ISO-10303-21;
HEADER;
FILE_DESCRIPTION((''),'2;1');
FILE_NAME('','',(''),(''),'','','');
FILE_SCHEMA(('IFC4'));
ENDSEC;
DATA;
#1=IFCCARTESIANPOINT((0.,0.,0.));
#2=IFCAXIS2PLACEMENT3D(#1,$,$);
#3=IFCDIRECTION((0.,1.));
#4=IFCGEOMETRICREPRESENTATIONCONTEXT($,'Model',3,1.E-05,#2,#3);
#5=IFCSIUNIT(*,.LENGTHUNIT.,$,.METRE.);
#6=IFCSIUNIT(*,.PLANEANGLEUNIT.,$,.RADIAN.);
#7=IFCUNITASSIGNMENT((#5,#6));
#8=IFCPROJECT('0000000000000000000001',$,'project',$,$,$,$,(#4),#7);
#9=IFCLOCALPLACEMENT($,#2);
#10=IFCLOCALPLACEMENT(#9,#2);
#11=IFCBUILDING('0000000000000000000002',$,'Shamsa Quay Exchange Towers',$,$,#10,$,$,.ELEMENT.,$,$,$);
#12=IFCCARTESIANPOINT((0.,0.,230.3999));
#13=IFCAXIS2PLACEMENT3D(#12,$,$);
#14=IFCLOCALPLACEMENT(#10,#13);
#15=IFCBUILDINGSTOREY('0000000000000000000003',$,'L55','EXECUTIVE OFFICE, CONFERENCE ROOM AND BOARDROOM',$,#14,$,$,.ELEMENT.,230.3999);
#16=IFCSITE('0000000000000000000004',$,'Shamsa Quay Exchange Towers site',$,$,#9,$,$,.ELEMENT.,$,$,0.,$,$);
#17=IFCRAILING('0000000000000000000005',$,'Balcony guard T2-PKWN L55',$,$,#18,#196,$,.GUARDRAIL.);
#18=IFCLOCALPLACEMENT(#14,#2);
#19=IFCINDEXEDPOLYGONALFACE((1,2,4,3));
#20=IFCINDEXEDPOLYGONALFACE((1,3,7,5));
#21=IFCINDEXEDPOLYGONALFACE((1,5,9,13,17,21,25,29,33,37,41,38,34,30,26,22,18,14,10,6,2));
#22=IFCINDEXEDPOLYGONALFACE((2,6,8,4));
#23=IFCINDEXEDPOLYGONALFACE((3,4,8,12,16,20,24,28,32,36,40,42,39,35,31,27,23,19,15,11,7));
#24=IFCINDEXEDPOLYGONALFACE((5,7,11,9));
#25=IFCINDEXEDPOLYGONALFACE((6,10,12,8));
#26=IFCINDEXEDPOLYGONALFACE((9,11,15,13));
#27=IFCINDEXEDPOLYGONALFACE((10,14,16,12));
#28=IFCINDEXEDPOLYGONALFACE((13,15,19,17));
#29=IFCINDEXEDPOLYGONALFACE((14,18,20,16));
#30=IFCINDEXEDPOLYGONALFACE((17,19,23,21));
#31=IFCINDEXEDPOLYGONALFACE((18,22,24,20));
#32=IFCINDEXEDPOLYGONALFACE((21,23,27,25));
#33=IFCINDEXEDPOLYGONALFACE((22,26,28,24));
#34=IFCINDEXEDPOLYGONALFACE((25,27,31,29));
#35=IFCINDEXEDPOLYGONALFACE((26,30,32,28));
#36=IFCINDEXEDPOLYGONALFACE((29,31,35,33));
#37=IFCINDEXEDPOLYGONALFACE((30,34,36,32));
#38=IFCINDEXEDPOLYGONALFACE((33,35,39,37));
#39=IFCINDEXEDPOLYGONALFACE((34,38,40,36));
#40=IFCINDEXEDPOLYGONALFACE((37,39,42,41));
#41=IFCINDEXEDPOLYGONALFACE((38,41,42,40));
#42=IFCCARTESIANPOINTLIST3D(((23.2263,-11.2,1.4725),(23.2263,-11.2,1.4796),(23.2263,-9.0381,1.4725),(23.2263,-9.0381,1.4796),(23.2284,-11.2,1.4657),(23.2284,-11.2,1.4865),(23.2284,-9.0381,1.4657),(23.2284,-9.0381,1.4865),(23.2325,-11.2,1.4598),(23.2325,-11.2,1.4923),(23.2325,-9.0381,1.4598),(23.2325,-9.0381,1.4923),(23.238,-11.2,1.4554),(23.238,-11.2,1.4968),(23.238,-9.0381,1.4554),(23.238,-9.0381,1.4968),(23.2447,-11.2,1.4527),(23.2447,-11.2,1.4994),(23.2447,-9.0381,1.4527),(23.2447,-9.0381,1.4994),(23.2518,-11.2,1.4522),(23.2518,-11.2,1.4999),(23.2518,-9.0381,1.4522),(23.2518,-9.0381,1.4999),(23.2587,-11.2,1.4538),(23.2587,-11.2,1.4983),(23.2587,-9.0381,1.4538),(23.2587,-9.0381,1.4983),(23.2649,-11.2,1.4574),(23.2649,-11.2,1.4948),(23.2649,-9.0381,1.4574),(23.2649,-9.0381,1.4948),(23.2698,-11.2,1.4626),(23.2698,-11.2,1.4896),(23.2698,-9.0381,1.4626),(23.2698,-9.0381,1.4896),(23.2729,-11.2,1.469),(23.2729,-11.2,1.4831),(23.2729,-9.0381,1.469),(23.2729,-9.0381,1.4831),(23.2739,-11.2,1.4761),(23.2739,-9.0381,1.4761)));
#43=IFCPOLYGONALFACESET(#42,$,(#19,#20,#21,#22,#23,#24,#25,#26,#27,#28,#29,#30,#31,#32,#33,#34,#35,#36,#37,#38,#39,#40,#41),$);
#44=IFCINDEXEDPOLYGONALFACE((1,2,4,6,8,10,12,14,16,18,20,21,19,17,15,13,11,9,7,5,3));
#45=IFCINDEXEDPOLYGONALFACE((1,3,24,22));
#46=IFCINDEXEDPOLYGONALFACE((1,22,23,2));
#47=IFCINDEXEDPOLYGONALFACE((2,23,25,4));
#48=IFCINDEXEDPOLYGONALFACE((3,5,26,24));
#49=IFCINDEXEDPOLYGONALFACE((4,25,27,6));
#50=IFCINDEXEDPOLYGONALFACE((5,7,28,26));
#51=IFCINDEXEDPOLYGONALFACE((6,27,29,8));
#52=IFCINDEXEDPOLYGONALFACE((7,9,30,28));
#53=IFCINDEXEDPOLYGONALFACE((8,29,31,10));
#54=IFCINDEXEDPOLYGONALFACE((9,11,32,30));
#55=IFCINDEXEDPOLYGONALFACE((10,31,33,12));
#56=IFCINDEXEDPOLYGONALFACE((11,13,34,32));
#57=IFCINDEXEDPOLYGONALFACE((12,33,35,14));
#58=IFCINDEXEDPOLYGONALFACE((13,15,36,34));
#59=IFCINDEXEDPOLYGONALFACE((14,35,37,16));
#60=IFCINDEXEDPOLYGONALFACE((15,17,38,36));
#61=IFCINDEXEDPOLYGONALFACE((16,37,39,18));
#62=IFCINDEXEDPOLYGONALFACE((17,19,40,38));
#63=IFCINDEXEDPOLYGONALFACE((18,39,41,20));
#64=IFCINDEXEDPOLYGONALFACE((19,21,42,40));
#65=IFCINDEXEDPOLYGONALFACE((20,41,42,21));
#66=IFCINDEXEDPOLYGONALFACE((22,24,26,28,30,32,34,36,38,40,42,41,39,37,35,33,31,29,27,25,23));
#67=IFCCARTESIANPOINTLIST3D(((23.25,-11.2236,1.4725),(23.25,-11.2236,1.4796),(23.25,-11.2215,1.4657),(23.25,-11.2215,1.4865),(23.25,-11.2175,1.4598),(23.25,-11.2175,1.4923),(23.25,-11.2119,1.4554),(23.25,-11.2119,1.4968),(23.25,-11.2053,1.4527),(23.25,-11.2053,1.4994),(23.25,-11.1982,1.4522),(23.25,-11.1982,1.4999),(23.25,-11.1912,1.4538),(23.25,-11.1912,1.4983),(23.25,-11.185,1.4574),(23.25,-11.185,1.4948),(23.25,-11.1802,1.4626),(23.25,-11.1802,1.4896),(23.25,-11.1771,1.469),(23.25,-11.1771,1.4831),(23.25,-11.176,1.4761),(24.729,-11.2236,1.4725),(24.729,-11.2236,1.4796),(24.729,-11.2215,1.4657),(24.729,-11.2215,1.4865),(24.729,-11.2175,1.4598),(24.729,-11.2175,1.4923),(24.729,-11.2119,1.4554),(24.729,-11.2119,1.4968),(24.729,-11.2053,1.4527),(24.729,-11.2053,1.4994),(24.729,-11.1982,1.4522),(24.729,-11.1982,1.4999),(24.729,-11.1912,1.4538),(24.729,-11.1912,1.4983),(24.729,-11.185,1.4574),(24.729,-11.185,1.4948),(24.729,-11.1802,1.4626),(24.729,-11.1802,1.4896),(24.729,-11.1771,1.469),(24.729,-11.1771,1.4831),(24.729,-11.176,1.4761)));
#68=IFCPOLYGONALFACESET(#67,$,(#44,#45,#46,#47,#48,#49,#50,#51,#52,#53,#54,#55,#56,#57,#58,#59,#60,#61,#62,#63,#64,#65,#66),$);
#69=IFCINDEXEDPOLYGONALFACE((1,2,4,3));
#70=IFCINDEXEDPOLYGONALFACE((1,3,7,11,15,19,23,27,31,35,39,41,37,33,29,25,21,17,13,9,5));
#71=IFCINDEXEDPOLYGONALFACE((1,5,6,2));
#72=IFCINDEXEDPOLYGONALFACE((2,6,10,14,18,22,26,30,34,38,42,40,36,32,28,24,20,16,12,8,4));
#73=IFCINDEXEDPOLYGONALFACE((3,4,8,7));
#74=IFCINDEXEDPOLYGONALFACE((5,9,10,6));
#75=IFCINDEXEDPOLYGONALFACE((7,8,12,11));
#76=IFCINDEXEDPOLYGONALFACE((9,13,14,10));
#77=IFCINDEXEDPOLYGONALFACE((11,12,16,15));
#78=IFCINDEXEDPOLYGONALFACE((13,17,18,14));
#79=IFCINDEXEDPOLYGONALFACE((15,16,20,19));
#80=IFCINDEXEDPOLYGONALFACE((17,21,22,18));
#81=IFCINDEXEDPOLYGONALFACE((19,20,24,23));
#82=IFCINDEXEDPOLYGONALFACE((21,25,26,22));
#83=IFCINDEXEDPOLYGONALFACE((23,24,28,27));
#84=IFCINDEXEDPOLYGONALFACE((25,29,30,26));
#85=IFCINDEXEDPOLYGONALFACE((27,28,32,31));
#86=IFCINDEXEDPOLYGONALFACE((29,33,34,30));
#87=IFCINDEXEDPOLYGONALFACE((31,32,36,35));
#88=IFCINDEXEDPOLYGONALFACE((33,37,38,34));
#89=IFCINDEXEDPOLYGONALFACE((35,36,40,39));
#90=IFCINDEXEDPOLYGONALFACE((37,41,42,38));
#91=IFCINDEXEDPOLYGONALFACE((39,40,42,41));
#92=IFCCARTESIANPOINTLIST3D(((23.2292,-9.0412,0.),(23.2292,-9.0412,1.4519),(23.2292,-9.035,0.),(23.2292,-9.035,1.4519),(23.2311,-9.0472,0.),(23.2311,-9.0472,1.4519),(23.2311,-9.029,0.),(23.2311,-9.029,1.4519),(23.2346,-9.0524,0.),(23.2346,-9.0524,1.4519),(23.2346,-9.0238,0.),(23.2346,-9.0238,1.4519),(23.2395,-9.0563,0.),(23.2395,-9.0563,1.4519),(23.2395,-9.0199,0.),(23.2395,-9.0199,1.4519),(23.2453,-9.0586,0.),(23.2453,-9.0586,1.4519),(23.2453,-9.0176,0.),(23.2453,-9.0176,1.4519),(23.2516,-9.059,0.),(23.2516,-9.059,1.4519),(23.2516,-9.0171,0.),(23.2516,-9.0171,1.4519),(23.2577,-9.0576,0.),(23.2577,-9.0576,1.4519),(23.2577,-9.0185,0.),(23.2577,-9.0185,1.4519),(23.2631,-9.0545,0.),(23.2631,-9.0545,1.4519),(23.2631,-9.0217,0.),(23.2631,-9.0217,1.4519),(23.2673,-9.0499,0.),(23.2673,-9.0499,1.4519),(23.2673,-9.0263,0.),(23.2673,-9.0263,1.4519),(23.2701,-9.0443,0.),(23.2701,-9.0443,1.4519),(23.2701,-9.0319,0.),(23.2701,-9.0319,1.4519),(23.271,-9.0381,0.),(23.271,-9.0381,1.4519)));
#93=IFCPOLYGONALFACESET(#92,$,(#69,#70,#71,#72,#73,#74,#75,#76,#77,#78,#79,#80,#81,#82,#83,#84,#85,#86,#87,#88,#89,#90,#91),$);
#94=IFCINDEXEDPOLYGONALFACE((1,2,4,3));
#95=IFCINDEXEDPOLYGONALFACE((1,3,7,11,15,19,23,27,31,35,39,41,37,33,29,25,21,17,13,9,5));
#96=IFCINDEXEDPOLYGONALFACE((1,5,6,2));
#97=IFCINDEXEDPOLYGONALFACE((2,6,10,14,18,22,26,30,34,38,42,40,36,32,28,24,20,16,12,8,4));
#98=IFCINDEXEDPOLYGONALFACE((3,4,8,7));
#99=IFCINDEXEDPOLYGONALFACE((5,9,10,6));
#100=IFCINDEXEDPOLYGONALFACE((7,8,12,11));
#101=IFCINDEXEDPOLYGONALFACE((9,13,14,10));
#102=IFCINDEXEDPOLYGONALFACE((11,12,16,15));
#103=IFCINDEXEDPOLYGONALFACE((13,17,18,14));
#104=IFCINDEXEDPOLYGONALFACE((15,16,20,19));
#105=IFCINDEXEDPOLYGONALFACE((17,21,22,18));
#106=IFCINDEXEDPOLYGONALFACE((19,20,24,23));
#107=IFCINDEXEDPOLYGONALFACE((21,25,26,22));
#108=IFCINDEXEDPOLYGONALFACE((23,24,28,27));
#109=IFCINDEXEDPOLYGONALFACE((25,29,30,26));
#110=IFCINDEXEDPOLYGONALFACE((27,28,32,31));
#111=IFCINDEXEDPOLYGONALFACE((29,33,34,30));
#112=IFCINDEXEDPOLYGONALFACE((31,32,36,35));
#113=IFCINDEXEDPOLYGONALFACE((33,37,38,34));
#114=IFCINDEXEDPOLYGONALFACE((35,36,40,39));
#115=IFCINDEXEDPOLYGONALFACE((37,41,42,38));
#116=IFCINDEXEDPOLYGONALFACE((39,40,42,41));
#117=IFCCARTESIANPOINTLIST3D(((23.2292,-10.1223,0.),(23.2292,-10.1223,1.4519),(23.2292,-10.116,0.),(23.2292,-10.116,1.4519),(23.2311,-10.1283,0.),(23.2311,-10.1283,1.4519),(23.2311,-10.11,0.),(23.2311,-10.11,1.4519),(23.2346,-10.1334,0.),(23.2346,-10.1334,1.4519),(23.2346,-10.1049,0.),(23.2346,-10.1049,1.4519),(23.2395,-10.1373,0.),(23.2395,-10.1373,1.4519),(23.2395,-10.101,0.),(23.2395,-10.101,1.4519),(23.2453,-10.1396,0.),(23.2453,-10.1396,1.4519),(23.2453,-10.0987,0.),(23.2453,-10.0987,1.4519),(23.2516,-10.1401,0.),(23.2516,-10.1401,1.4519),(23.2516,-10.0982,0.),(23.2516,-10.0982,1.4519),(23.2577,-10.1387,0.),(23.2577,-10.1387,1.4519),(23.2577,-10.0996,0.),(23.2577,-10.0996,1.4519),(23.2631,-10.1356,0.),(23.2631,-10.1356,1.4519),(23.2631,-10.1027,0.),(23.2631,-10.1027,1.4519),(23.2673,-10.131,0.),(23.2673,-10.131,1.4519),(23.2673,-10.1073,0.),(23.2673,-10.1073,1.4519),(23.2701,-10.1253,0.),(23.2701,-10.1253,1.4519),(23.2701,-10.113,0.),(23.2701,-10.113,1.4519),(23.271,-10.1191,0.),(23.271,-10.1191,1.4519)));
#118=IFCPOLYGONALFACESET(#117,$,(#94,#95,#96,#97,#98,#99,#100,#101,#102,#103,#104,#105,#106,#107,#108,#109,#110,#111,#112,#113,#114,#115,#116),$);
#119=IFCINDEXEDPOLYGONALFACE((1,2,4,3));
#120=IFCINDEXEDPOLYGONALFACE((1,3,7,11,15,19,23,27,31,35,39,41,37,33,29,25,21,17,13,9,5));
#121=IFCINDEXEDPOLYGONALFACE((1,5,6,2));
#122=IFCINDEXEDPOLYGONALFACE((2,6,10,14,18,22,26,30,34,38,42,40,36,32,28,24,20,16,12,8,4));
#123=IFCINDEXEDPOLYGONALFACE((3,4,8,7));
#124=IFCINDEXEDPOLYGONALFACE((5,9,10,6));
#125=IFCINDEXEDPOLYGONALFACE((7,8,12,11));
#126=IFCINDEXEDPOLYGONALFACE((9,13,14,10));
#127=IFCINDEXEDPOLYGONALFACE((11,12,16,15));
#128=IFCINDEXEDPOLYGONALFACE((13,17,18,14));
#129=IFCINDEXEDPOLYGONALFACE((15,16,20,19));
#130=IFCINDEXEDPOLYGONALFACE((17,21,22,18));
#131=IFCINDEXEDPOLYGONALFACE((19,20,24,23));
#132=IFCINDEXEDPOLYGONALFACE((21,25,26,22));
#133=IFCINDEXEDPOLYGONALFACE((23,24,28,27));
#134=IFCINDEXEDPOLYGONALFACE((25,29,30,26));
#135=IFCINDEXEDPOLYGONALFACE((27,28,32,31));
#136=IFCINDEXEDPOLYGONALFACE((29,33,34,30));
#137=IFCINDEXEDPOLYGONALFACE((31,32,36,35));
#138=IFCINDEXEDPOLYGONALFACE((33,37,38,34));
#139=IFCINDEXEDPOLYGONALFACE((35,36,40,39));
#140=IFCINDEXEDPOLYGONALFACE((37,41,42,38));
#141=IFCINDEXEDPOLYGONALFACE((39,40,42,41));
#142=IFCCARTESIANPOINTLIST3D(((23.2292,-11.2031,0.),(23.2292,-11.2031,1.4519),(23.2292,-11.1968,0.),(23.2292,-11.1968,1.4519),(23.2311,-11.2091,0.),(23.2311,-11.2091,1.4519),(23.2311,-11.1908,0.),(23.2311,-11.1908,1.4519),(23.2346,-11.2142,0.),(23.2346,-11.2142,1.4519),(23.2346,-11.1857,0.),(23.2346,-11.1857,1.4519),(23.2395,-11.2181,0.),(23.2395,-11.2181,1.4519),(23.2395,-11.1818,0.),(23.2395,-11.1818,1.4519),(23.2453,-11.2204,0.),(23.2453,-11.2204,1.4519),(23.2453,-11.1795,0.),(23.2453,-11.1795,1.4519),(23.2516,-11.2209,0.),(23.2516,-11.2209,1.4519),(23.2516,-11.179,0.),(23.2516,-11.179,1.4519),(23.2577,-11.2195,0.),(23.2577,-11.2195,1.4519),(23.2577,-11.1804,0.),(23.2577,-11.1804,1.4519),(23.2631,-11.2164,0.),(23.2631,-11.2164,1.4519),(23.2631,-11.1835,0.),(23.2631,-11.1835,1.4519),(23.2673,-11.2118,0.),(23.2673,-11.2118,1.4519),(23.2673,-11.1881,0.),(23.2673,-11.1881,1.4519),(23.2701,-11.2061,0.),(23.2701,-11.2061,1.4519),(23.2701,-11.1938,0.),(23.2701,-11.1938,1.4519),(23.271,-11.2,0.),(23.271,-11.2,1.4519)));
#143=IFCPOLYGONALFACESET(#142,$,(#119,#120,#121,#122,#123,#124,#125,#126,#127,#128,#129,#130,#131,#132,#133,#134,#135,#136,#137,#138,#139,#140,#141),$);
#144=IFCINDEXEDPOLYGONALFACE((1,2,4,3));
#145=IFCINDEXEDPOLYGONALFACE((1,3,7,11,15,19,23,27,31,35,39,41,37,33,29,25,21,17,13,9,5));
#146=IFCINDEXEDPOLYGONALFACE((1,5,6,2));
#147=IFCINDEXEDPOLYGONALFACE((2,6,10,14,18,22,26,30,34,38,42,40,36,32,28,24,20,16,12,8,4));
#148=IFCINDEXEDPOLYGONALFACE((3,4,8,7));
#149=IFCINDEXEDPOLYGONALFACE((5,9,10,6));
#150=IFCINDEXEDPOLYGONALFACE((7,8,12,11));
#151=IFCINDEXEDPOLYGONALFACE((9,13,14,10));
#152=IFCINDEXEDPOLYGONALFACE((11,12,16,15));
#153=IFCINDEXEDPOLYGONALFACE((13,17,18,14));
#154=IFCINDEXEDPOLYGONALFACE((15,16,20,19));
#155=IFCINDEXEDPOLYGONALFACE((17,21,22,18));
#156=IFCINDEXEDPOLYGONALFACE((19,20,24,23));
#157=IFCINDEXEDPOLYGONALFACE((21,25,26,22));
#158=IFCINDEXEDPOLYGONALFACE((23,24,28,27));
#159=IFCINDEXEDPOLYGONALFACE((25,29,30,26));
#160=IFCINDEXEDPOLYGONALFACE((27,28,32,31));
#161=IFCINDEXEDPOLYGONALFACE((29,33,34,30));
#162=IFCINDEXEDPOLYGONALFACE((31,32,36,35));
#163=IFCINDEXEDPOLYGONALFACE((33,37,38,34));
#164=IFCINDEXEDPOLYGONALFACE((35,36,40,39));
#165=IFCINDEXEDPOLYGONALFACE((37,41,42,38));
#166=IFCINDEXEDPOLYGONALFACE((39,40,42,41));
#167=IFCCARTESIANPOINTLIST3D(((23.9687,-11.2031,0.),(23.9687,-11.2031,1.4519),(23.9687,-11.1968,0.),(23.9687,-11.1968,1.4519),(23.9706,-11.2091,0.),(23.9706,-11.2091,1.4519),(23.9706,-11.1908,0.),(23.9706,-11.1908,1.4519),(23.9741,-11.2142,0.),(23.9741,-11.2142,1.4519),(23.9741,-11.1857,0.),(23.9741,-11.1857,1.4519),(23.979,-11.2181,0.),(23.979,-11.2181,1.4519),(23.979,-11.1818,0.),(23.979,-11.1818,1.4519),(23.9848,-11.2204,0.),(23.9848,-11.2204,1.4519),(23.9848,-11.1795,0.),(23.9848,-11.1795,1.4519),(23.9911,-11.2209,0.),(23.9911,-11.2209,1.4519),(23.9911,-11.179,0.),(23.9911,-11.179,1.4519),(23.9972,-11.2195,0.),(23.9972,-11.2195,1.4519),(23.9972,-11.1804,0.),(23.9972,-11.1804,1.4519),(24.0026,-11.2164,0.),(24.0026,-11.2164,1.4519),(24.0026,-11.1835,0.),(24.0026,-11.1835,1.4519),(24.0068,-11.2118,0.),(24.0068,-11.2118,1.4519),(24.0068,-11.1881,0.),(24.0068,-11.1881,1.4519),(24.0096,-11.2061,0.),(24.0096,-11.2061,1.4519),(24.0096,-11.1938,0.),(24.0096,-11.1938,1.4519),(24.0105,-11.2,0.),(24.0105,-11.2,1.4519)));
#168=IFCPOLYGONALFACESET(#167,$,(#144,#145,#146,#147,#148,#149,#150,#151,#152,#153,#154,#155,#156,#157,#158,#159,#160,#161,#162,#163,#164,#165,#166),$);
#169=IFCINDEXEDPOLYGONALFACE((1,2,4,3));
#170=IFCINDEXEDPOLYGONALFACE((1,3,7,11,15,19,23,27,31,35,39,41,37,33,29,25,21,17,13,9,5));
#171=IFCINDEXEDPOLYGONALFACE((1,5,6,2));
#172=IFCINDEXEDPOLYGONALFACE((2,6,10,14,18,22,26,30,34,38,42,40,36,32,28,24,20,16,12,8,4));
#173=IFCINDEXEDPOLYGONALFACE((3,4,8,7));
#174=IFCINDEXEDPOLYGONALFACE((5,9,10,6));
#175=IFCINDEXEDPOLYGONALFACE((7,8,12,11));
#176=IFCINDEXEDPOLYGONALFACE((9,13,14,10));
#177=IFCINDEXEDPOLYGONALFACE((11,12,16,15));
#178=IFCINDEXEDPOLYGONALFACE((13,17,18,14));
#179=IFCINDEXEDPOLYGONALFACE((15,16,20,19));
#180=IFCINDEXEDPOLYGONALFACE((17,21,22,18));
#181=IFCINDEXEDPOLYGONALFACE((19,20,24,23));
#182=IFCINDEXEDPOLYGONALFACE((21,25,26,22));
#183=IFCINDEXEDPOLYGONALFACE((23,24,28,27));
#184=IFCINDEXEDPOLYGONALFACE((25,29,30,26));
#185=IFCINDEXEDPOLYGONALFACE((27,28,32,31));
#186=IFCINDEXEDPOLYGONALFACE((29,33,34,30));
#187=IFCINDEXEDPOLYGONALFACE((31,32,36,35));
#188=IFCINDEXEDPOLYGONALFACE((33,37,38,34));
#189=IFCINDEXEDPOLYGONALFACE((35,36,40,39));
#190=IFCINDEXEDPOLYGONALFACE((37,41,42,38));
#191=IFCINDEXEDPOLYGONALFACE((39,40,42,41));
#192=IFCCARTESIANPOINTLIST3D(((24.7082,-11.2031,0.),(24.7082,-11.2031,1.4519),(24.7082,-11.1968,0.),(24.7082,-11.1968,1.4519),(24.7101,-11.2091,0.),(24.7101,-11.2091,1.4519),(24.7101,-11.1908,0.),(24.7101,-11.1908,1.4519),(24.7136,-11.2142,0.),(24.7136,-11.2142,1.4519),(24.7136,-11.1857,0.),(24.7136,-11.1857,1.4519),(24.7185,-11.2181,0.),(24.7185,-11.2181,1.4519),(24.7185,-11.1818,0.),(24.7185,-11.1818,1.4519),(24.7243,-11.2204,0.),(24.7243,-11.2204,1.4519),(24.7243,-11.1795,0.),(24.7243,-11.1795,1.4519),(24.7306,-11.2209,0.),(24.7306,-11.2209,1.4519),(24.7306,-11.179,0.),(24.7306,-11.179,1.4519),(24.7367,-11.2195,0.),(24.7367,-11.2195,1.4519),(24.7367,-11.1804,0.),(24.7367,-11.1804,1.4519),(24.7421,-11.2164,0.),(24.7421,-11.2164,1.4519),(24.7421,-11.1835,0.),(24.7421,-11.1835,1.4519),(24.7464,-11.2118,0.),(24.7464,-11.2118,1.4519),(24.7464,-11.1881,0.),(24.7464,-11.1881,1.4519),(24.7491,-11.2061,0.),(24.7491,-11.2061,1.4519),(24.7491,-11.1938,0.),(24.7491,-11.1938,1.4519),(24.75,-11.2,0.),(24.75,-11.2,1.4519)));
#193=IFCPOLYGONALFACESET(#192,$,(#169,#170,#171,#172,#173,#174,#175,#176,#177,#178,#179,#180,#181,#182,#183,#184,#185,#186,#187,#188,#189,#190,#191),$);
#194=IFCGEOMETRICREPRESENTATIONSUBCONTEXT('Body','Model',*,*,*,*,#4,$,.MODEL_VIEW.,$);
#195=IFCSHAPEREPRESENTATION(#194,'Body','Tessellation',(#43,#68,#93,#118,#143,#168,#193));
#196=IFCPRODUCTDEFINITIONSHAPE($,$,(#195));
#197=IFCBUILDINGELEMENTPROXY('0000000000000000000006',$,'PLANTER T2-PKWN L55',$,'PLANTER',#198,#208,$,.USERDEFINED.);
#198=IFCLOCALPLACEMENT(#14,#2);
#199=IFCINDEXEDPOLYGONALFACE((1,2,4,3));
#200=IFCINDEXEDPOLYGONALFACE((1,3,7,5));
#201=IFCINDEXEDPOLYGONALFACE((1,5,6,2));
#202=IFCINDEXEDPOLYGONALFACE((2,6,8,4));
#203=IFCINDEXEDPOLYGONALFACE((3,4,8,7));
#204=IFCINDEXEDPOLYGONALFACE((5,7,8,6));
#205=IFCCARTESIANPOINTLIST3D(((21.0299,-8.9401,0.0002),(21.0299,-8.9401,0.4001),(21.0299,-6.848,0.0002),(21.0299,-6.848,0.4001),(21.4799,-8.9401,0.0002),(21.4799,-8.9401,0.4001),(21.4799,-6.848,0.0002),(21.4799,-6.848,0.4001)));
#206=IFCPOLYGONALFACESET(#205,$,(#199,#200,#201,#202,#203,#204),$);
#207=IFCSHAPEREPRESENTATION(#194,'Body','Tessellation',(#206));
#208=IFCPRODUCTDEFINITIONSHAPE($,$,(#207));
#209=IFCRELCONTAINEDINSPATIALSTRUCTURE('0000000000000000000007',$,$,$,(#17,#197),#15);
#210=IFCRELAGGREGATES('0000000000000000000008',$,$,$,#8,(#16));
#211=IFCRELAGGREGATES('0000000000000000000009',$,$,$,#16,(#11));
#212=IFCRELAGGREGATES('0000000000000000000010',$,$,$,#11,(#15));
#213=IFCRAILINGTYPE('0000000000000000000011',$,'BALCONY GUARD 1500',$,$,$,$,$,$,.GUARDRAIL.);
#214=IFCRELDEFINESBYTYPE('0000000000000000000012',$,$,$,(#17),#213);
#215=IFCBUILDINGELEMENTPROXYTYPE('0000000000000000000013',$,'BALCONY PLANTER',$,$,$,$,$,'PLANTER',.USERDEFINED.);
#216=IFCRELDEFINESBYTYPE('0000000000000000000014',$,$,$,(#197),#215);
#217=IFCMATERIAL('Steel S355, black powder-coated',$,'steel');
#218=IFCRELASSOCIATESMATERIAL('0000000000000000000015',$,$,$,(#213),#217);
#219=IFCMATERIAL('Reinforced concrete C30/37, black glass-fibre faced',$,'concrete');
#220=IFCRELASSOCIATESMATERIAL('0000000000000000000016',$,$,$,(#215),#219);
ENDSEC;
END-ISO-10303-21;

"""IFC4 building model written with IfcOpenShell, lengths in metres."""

from ifc_helpers import new_model, si_unit, direction, frame, origin, origin_2d, place, context, subcontext, project, spatial, rectangle, circle, extrude, material, type_object, element, save


model = new_model("IFC4")

# Units and contexts
model_context = context("Model", 3, precision=1e-05, world=origin(), true_north=direction((0.0, 1.0)))
body_context = subcontext(model_context, "Body", "Model", "MODEL_VIEW")
ifc_project = project(units=[si_unit("LENGTHUNIT", "METRE"), si_unit("PLANEANGLEUNIT", "RADIAN")], contexts=[model_context])

# Site, building, storey
site_placement = place(None, origin())
site = spatial("IfcSite", under=ifc_project, at=site_placement, Name="Shamsa Quay Exchange Towers site", CompositionType="ELEMENT", RefElevation=0.0)
building_placement = place(site_placement, origin())
building = spatial("IfcBuilding", under=site, at=building_placement, Name="Shamsa Quay Exchange Towers", CompositionType="ELEMENT")
storey_placement = place(building_placement, frame((0.0, 0.0, 230.3999)))
storey = spatial("IfcBuildingStorey", under=building, at=storey_placement, Name="L55", Description="EXECUTIVE OFFICE, CONFERENCE ROOM AND BOARDROOM", CompositionType="ELEMENT", Elevation=230.3999)

# Railing
ifc_material_1 = material(Name="Steel S355, black powder-coated", Category="steel")
railing_type = type_object("IfcRailingType", Name="BALCONY GUARD 1500", PredefinedType="GUARDRAIL", material=ifc_material_1)
for number, where, name in (
    (1, (23.25, -9.0381, 0.0), "Balcony guard T2-PKWN L55"),
):
    element("IfcRailing", number, at=place(storey_placement, frame(where)), inside=storey, type_object=railing_type, Name=name, PredefinedType="GUARDRAIL", context=body_context, shape_type="SweptSolid", body=[
        extrude(circle(Radius=0.0239, at=origin_2d()), frame((0.0, 0.0, 1.4761), z_axis=(0.0, -1.0, 0.0), x_axis=(1.0, 0.0, 0.0)), (0.0, 0.0, 1.0), 2.1619),
        extrude(circle(Radius=0.0239, at=origin_2d()), frame((0.0, -2.1619, 1.4761), z_axis=(1.0, 0.0, 0.0), x_axis=(0.0, 1.0, 0.0)), (0.0, 0.0, 1.0), 1.479),
        extrude(circle(Radius=0.021, at=origin_2d()), origin(), (0.0, 0.0, 1.0), 1.4519),
        extrude(circle(Radius=0.021, at=origin_2d()), frame((0.0, -1.0811, 0.0)), (0.0, 0.0, 1.0), 1.4519),
        extrude(circle(Radius=0.021, at=origin_2d()), frame((0.0, -2.1619, 0.0)), (0.0, 0.0, 1.0), 1.4519),
        extrude(circle(Radius=0.021, at=origin_2d()), frame((0.7395, -2.1619, 0.0)), (0.0, 0.0, 1.0), 1.4519),
        extrude(circle(Radius=0.021, at=origin_2d()), frame((1.479, -2.1619, 0.0)), (0.0, 0.0, 1.0), 1.4519),
    ])

# Building element proxy
ifc_material_2 = material(Name="Reinforced concrete C30/37, black glass-fibre faced", Category="concrete")
building_element_proxy_type = type_object("IfcBuildingElementProxyType", Name="BALCONY PLANTER", ElementType="PLANTER", PredefinedType="USERDEFINED", material=ifc_material_2)
for number, where, z_axis, x_axis, name in (
    (2, (21.2549, -7.894, 0.0002), (0.0, 0.0, 1.0), (0.0, -1.0, 0.0), "PLANTER T2-PKWN L55"),
):
    element("IfcBuildingElementProxy", number, at=place(storey_placement, frame(where, z_axis=z_axis, x_axis=x_axis)), inside=storey, type_object=building_element_proxy_type, Name=name, ObjectType="PLANTER", PredefinedType="USERDEFINED", context=body_context, shape_type="SweptSolid", body=[
        extrude(rectangle(XDim=2.092, YDim=0.45, at=origin_2d()), origin(), (0.0, 0.0, 1.0), 0.3999),
    ])

save(model, "model.ifc")
